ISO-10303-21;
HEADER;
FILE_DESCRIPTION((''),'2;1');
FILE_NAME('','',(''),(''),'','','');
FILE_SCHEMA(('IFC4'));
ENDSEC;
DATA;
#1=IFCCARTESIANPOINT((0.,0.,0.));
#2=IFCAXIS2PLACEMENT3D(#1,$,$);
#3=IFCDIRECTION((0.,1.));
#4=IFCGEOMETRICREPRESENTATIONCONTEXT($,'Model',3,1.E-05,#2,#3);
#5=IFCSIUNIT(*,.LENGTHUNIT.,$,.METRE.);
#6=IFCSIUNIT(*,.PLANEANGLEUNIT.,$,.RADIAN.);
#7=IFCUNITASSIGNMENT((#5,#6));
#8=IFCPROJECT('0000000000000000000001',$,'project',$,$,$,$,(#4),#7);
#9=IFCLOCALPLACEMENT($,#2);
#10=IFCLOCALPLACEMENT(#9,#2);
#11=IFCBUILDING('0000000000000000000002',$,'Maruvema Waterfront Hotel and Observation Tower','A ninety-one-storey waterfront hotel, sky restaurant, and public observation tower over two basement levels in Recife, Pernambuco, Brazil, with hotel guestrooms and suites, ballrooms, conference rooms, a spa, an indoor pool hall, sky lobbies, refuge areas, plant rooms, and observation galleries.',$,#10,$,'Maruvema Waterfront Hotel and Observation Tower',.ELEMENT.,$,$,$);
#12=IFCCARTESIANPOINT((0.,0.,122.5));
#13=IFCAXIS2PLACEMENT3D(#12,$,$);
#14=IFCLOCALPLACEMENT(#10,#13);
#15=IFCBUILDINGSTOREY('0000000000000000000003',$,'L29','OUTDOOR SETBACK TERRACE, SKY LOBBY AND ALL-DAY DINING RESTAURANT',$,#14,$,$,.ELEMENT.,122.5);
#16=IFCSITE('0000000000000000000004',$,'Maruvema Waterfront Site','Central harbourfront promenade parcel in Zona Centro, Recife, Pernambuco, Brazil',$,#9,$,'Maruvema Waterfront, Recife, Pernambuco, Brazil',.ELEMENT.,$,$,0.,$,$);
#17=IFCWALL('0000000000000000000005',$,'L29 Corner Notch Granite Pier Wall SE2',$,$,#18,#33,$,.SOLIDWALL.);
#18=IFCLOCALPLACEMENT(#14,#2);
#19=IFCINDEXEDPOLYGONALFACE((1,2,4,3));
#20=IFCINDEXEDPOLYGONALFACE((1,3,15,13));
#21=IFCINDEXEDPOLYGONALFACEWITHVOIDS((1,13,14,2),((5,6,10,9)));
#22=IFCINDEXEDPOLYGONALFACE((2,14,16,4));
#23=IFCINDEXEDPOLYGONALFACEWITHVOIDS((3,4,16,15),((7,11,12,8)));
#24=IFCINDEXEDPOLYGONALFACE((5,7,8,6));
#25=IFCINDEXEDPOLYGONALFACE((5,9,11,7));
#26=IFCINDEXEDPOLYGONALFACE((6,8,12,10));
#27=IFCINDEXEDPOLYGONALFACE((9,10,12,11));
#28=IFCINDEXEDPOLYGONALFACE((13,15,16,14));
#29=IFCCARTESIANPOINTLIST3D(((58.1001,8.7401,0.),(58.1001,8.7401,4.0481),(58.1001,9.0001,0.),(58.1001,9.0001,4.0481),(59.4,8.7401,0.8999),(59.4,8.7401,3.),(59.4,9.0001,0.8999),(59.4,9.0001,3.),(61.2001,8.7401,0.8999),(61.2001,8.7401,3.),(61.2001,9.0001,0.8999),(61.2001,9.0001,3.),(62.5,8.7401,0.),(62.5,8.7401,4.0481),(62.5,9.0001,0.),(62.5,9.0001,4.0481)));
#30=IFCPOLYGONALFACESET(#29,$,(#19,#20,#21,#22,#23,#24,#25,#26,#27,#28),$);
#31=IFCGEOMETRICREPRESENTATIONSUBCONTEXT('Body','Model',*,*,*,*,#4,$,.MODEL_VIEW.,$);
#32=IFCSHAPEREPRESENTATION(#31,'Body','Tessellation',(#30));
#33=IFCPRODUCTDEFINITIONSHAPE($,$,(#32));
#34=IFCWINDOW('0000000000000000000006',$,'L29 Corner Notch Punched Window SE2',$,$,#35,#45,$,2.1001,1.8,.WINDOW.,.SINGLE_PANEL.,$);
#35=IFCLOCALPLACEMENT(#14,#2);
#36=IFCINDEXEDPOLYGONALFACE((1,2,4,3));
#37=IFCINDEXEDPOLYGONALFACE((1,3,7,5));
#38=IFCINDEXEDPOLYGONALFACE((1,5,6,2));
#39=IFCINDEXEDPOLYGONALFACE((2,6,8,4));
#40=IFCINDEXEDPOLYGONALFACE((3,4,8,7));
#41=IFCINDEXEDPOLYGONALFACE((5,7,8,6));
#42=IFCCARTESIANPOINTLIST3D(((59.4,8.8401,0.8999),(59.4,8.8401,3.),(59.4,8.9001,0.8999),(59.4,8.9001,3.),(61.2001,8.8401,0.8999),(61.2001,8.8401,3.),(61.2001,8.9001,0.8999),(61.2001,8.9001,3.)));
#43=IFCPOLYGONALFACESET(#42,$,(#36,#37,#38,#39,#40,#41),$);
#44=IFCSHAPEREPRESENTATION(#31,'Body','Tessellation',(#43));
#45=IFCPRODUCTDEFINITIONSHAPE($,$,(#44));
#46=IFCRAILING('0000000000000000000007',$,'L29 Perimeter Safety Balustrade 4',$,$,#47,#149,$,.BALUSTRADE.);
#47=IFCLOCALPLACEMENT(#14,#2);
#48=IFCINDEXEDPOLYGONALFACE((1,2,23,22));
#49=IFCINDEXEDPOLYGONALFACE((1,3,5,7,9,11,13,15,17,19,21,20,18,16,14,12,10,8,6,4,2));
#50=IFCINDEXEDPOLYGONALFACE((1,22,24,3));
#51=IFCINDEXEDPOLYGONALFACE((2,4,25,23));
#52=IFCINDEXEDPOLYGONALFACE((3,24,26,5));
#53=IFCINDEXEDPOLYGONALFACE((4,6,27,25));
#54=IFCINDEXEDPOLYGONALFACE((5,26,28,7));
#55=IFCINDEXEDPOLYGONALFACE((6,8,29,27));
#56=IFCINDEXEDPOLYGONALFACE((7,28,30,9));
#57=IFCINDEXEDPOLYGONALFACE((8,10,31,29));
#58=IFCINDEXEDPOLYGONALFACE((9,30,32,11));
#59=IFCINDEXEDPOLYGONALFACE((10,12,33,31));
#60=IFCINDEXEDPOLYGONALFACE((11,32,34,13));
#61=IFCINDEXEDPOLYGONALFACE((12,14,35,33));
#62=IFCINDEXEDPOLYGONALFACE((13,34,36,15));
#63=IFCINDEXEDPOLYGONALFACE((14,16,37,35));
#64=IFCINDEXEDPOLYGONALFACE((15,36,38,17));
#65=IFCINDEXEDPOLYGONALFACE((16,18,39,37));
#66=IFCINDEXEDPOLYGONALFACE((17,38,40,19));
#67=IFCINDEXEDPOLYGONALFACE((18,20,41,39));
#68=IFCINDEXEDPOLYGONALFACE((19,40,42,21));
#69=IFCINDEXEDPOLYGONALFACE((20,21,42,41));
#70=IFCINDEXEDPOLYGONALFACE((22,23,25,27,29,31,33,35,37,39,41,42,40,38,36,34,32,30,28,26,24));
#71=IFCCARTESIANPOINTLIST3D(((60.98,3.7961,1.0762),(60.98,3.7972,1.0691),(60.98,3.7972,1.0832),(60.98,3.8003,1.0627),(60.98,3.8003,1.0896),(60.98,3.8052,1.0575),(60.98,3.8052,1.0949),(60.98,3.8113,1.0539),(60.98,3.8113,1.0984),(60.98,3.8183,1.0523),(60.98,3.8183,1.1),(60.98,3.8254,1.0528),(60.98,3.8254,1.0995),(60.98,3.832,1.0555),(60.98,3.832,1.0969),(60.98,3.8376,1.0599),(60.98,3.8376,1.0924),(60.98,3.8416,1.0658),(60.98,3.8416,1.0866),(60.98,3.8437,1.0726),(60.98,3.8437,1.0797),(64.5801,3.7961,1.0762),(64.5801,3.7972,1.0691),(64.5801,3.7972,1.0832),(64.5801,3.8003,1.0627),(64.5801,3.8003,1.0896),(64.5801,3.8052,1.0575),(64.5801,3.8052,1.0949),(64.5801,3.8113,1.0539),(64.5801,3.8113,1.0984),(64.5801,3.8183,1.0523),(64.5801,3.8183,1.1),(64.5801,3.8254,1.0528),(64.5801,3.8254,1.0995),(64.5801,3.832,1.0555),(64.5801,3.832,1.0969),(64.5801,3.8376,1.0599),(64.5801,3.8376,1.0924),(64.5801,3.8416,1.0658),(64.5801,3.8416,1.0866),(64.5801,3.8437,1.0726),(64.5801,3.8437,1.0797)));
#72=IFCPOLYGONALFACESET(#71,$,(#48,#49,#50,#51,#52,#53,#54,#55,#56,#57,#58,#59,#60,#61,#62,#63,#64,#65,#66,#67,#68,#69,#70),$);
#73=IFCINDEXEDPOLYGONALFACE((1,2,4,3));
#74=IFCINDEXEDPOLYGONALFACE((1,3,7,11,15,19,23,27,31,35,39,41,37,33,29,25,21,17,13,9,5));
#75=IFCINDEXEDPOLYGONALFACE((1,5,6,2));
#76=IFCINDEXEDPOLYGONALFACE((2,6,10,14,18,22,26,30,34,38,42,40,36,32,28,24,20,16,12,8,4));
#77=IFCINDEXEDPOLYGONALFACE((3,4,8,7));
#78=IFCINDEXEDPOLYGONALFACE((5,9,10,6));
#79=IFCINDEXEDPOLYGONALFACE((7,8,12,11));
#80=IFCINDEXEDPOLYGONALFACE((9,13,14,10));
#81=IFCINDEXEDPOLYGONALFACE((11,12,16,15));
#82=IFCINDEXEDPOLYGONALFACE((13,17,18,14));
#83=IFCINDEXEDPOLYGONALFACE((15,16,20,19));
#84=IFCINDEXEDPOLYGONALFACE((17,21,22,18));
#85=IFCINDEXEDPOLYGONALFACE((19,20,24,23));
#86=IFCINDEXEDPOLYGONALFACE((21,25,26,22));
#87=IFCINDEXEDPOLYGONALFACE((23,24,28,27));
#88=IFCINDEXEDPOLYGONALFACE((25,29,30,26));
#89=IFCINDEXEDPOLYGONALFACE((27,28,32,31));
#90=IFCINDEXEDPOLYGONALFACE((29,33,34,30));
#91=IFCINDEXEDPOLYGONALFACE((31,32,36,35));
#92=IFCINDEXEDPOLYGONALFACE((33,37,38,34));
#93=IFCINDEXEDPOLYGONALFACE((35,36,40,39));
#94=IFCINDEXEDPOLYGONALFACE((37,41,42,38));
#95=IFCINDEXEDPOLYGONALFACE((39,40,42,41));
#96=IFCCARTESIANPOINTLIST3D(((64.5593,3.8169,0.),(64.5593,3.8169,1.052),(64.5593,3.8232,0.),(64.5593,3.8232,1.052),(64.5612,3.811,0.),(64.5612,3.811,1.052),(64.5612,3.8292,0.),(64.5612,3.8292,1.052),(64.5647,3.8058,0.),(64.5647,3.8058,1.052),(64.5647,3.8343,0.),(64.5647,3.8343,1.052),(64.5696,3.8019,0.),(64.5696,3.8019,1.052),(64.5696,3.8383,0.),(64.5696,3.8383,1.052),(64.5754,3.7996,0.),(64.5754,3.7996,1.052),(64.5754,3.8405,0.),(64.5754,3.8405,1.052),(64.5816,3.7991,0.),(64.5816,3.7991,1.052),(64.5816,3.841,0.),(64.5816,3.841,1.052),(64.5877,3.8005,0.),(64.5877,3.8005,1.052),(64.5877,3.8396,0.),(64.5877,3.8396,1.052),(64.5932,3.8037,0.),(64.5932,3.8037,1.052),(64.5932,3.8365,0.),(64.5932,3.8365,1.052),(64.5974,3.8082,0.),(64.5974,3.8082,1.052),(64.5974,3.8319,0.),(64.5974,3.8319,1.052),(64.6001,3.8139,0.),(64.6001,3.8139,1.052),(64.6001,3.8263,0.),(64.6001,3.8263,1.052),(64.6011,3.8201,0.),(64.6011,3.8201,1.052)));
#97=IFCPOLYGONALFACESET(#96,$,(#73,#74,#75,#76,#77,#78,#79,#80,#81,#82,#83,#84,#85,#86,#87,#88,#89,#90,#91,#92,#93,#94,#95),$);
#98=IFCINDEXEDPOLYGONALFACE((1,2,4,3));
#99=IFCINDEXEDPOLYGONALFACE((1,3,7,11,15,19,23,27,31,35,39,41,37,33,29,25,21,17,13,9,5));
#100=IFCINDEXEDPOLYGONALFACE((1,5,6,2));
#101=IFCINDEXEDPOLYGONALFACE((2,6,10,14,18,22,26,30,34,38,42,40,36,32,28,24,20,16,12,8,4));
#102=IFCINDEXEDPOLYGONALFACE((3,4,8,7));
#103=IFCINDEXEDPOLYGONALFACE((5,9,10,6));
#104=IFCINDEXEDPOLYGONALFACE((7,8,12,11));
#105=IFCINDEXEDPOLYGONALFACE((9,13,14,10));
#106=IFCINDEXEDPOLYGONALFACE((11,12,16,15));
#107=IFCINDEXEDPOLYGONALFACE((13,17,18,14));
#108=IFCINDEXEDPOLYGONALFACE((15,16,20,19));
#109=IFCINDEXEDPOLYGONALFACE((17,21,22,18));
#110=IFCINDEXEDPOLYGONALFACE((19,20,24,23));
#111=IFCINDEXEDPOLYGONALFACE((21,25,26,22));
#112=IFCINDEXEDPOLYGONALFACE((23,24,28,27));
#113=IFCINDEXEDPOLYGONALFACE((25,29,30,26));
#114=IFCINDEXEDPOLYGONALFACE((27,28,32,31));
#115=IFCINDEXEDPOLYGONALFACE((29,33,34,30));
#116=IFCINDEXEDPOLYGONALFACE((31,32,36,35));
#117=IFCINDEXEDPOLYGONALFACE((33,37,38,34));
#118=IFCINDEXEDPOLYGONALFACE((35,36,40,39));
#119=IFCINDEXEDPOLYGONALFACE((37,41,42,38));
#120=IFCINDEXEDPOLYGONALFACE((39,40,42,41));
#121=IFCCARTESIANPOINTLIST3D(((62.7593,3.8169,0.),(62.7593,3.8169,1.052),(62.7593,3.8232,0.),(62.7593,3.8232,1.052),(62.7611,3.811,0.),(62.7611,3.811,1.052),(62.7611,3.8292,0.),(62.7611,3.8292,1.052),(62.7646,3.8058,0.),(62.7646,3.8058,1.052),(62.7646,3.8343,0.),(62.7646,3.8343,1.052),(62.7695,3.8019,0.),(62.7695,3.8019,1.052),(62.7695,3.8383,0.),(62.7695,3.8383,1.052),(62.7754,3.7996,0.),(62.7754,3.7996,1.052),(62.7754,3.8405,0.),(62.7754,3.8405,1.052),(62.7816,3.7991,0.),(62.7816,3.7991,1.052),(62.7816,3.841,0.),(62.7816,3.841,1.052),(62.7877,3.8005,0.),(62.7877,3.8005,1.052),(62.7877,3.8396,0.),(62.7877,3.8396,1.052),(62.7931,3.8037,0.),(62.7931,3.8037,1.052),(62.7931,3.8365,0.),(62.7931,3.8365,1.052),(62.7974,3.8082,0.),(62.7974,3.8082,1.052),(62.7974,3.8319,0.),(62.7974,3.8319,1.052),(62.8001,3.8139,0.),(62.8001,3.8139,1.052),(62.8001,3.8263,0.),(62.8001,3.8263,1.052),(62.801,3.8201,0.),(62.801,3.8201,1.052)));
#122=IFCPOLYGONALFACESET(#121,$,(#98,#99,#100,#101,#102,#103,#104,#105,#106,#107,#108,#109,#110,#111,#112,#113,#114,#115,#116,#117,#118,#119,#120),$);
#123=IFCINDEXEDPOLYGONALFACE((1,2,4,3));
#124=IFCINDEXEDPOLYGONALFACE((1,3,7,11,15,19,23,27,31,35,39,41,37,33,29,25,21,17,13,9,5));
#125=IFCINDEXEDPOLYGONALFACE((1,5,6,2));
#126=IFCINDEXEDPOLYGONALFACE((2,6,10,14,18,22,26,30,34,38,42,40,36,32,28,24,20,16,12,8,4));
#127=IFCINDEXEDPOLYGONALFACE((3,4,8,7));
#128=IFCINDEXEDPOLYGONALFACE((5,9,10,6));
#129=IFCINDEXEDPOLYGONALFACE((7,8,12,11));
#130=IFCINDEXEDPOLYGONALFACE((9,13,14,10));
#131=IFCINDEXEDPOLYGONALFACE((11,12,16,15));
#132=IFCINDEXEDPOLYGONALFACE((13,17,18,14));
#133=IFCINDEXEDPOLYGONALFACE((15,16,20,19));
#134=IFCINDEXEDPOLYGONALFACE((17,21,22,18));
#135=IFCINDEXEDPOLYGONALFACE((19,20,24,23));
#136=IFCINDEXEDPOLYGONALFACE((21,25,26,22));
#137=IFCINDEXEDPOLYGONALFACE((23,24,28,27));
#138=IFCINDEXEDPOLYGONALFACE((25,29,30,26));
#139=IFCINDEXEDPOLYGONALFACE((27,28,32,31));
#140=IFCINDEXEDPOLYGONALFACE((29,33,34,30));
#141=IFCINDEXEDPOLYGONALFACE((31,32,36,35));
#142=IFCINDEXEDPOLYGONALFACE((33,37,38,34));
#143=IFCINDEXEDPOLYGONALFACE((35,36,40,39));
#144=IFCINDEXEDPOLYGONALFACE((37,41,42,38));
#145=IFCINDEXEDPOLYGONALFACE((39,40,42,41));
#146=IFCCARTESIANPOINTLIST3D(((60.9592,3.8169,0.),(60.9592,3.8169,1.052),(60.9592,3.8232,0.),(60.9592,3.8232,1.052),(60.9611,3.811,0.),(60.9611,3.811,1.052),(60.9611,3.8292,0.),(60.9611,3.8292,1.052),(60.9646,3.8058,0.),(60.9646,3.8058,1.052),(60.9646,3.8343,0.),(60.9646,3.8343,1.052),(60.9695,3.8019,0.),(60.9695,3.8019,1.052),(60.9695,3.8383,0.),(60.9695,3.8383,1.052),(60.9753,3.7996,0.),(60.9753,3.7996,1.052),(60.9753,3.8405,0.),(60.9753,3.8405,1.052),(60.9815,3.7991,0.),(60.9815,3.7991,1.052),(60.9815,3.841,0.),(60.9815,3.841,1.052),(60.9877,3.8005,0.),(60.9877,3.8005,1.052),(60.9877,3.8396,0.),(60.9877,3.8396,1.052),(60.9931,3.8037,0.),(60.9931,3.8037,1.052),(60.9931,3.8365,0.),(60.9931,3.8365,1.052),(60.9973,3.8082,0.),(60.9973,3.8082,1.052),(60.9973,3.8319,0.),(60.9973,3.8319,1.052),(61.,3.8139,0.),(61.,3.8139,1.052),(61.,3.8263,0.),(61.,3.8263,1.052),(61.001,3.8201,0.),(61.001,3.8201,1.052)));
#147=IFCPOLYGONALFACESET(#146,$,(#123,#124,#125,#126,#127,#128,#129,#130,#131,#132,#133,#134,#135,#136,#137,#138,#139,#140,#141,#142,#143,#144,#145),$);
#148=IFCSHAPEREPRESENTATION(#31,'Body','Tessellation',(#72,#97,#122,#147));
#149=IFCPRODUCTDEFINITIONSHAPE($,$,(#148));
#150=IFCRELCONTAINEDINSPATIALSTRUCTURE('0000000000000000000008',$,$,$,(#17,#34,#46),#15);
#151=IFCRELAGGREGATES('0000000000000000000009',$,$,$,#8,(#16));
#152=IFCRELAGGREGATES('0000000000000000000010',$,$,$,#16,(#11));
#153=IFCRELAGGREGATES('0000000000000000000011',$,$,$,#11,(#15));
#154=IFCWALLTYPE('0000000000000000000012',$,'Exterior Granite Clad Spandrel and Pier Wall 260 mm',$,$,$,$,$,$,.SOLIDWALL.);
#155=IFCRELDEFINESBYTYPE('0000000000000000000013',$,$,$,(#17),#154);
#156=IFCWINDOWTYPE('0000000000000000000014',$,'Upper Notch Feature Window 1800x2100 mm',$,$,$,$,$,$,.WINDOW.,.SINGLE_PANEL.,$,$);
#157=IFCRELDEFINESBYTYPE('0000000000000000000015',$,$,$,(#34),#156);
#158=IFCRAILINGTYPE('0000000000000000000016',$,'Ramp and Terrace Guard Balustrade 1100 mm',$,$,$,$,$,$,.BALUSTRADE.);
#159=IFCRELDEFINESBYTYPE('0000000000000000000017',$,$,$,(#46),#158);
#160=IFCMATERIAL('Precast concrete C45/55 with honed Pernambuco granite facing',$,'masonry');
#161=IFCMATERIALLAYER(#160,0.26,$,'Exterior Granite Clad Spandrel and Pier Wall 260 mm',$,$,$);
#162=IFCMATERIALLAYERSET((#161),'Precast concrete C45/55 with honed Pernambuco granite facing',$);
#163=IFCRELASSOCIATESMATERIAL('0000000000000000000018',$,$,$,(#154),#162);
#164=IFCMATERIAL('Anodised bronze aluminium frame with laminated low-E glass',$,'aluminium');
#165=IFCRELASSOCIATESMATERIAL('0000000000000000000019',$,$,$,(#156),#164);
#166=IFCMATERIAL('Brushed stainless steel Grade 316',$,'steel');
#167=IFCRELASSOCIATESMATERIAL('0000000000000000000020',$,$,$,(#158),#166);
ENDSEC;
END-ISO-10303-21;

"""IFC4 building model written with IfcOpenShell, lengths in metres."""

from ifc_helpers import new_model, si_unit, direction, frame, frame_2d, origin, origin_2d, place, context, subcontext, project, spatial, rectangle, circle, extrude, material, layer, layer_set, type_object, element, fill, save


model = new_model("IFC4")

# Units and contexts
model_context = context("Model", 3, precision=1e-05, world=origin(), true_north=direction((0.0, 1.0)))
body_context = subcontext(model_context, "Body", "Model", "MODEL_VIEW")
ifc_project = project(units=[si_unit("LENGTHUNIT", "METRE"), si_unit("PLANEANGLEUNIT", "RADIAN")], contexts=[model_context])

# Site, building, storey
site_placement = place(None, origin())
site = spatial("IfcSite", under=ifc_project, at=site_placement, Name="Maruvema Waterfront Site", Description="Central harbourfront promenade parcel in Zona Centro, Recife, Pernambuco, Brazil", LongName="Maruvema Waterfront, Recife, Pernambuco, Brazil", CompositionType="ELEMENT", RefElevation=0.0)
building_placement = place(site_placement, origin())
building = spatial("IfcBuilding", under=site, at=building_placement, Name="Maruvema Waterfront Hotel and Observation Tower", Description="A ninety-one-storey waterfront hotel, sky restaurant, and public observation tower over two basement levels in Recife, Pernambuco, Brazil, with hotel guestrooms and suites, ballrooms, conference rooms, a spa, an indoor pool hall, sky lobbies, refuge areas, plant rooms, and observation galleries.", LongName="Maruvema Waterfront Hotel and Observation Tower", CompositionType="ELEMENT")
storey_placement = place(building_placement, frame((0.0, 0.0, 122.5)))
storey = spatial("IfcBuildingStorey", under=building, at=storey_placement, Name="L29", Description="OUTDOOR SETBACK TERRACE, SKY LOBBY AND ALL-DAY DINING RESTAURANT", CompositionType="ELEMENT", Elevation=122.5)

# Shared definitions
ifc_material_1 = material(Name="Precast concrete C45/55 with honed Pernambuco granite facing", Category="masonry")
ifc_layer_1 = layer(ifc_material_1, 0.26, Name="Exterior Granite Clad Spandrel and Pier Wall 260 mm")
ifc_layer_set_1 = layer_set([ifc_layer_1], Name="Precast concrete C45/55 with honed Pernambuco granite facing")
wall_type = type_object("IfcWallType", Name="Exterior Granite Clad Spandrel and Pier Wall 260 mm", PredefinedType="SOLIDWALL", material=ifc_layer_set_1)

# Wall, opening, window
wall_1_placement = place(storey_placement, frame((62.5, 8.8701, 0.0), z_axis=(0.0, 0.0, 1.0), x_axis=(-1.0, 0.0, 0.0)))
wall_1 = element("IfcWall", 1, at=wall_1_placement, inside=storey, type_object=wall_type, Name="L29 Corner Notch Granite Pier Wall SE2", PredefinedType="SOLIDWALL", context=body_context, shape_type="SweptSolid", body=[
    extrude(rectangle(XDim=4.3999, YDim=0.26, at=frame_2d((2.2, 0.0))), origin(), (0.0, 0.0, 1.0), 4.0481),
])
opening_placement = place(wall_1_placement, frame((1.3, 0.0, 0.8999)))
opening = element("IfcOpeningElement", 2, at=opening_placement, cuts=wall_1, PredefinedType="OPENING", context=body_context, shape_type="SweptSolid", body=[
    extrude(rectangle(XDim=1.8, YDim=2.1001, at=frame_2d((0.8999, 1.05))), frame((0.0, 0.1401, 0.0), z_axis=(0.0, -1.0, 0.0), x_axis=(1.0, 0.0, 0.0)), (0.0, 0.0, 1.0), 0.28),
])
ifc_material_2 = material(Name="Anodised bronze aluminium frame with laminated low-E glass", Category="aluminium")
window_type = type_object("IfcWindowType", Name="Upper Notch Feature Window 1800x2100 mm", PartitioningType="SINGLE_PANEL", PredefinedType="WINDOW", material=ifc_material_2)
window_placement = place(opening_placement, origin())
window = element("IfcWindow", 3, at=window_placement, inside=storey, type_object=window_type, Name="L29 Corner Notch Punched Window SE2", OverallHeight=2.1001, OverallWidth=1.8, PartitioningType="SINGLE_PANEL", PredefinedType="WINDOW", context=body_context, shape_type="SweptSolid", body=[
    extrude(rectangle(XDim=1.8, YDim=2.1001, at=frame_2d((0.8999, 1.05))), frame((0.0, 0.03, 0.0), z_axis=(0.0, -1.0, 0.0), x_axis=(1.0, 0.0, 0.0)), (0.0, 0.0, 1.0), 0.0601),
])
fill(opening, window)

# Railing
ifc_material_3 = material(Name="Brushed stainless steel Grade 316", Category="steel")
railing_type = type_object("IfcRailingType", Name="Ramp and Terrace Guard Balustrade 1100 mm", PredefinedType="BALUSTRADE", material=ifc_material_3)
railing_1_placement = place(storey_placement, frame((64.5801, 3.8201, 0.0)))
element("IfcRailing", 4, at=railing_1_placement, inside=storey, type_object=railing_type, Name="L29 Perimeter Safety Balustrade 4", PredefinedType="BALUSTRADE", context=body_context, shape_type="SweptSolid", body=[
    extrude(circle(Radius=0.0239, at=origin_2d()), frame((0.0, 0.0, 1.0762), z_axis=(-1.0, 0.0, 0.0), x_axis=(0.0, -1.0, 0.0)), (0.0, 0.0, 1.0), 3.6001),
    extrude(circle(Radius=0.021, at=origin_2d()), origin(), (0.0, 0.0, 1.0), 1.052),
    extrude(circle(Radius=0.021, at=origin_2d()), frame((-1.8, 0.0, 0.0)), (0.0, 0.0, 1.0), 1.052),
    extrude(circle(Radius=0.021, at=origin_2d()), frame((-3.6001, 0.0, 0.0)), (0.0, 0.0, 1.0), 1.052),
])

save(model, "model.ifc")
